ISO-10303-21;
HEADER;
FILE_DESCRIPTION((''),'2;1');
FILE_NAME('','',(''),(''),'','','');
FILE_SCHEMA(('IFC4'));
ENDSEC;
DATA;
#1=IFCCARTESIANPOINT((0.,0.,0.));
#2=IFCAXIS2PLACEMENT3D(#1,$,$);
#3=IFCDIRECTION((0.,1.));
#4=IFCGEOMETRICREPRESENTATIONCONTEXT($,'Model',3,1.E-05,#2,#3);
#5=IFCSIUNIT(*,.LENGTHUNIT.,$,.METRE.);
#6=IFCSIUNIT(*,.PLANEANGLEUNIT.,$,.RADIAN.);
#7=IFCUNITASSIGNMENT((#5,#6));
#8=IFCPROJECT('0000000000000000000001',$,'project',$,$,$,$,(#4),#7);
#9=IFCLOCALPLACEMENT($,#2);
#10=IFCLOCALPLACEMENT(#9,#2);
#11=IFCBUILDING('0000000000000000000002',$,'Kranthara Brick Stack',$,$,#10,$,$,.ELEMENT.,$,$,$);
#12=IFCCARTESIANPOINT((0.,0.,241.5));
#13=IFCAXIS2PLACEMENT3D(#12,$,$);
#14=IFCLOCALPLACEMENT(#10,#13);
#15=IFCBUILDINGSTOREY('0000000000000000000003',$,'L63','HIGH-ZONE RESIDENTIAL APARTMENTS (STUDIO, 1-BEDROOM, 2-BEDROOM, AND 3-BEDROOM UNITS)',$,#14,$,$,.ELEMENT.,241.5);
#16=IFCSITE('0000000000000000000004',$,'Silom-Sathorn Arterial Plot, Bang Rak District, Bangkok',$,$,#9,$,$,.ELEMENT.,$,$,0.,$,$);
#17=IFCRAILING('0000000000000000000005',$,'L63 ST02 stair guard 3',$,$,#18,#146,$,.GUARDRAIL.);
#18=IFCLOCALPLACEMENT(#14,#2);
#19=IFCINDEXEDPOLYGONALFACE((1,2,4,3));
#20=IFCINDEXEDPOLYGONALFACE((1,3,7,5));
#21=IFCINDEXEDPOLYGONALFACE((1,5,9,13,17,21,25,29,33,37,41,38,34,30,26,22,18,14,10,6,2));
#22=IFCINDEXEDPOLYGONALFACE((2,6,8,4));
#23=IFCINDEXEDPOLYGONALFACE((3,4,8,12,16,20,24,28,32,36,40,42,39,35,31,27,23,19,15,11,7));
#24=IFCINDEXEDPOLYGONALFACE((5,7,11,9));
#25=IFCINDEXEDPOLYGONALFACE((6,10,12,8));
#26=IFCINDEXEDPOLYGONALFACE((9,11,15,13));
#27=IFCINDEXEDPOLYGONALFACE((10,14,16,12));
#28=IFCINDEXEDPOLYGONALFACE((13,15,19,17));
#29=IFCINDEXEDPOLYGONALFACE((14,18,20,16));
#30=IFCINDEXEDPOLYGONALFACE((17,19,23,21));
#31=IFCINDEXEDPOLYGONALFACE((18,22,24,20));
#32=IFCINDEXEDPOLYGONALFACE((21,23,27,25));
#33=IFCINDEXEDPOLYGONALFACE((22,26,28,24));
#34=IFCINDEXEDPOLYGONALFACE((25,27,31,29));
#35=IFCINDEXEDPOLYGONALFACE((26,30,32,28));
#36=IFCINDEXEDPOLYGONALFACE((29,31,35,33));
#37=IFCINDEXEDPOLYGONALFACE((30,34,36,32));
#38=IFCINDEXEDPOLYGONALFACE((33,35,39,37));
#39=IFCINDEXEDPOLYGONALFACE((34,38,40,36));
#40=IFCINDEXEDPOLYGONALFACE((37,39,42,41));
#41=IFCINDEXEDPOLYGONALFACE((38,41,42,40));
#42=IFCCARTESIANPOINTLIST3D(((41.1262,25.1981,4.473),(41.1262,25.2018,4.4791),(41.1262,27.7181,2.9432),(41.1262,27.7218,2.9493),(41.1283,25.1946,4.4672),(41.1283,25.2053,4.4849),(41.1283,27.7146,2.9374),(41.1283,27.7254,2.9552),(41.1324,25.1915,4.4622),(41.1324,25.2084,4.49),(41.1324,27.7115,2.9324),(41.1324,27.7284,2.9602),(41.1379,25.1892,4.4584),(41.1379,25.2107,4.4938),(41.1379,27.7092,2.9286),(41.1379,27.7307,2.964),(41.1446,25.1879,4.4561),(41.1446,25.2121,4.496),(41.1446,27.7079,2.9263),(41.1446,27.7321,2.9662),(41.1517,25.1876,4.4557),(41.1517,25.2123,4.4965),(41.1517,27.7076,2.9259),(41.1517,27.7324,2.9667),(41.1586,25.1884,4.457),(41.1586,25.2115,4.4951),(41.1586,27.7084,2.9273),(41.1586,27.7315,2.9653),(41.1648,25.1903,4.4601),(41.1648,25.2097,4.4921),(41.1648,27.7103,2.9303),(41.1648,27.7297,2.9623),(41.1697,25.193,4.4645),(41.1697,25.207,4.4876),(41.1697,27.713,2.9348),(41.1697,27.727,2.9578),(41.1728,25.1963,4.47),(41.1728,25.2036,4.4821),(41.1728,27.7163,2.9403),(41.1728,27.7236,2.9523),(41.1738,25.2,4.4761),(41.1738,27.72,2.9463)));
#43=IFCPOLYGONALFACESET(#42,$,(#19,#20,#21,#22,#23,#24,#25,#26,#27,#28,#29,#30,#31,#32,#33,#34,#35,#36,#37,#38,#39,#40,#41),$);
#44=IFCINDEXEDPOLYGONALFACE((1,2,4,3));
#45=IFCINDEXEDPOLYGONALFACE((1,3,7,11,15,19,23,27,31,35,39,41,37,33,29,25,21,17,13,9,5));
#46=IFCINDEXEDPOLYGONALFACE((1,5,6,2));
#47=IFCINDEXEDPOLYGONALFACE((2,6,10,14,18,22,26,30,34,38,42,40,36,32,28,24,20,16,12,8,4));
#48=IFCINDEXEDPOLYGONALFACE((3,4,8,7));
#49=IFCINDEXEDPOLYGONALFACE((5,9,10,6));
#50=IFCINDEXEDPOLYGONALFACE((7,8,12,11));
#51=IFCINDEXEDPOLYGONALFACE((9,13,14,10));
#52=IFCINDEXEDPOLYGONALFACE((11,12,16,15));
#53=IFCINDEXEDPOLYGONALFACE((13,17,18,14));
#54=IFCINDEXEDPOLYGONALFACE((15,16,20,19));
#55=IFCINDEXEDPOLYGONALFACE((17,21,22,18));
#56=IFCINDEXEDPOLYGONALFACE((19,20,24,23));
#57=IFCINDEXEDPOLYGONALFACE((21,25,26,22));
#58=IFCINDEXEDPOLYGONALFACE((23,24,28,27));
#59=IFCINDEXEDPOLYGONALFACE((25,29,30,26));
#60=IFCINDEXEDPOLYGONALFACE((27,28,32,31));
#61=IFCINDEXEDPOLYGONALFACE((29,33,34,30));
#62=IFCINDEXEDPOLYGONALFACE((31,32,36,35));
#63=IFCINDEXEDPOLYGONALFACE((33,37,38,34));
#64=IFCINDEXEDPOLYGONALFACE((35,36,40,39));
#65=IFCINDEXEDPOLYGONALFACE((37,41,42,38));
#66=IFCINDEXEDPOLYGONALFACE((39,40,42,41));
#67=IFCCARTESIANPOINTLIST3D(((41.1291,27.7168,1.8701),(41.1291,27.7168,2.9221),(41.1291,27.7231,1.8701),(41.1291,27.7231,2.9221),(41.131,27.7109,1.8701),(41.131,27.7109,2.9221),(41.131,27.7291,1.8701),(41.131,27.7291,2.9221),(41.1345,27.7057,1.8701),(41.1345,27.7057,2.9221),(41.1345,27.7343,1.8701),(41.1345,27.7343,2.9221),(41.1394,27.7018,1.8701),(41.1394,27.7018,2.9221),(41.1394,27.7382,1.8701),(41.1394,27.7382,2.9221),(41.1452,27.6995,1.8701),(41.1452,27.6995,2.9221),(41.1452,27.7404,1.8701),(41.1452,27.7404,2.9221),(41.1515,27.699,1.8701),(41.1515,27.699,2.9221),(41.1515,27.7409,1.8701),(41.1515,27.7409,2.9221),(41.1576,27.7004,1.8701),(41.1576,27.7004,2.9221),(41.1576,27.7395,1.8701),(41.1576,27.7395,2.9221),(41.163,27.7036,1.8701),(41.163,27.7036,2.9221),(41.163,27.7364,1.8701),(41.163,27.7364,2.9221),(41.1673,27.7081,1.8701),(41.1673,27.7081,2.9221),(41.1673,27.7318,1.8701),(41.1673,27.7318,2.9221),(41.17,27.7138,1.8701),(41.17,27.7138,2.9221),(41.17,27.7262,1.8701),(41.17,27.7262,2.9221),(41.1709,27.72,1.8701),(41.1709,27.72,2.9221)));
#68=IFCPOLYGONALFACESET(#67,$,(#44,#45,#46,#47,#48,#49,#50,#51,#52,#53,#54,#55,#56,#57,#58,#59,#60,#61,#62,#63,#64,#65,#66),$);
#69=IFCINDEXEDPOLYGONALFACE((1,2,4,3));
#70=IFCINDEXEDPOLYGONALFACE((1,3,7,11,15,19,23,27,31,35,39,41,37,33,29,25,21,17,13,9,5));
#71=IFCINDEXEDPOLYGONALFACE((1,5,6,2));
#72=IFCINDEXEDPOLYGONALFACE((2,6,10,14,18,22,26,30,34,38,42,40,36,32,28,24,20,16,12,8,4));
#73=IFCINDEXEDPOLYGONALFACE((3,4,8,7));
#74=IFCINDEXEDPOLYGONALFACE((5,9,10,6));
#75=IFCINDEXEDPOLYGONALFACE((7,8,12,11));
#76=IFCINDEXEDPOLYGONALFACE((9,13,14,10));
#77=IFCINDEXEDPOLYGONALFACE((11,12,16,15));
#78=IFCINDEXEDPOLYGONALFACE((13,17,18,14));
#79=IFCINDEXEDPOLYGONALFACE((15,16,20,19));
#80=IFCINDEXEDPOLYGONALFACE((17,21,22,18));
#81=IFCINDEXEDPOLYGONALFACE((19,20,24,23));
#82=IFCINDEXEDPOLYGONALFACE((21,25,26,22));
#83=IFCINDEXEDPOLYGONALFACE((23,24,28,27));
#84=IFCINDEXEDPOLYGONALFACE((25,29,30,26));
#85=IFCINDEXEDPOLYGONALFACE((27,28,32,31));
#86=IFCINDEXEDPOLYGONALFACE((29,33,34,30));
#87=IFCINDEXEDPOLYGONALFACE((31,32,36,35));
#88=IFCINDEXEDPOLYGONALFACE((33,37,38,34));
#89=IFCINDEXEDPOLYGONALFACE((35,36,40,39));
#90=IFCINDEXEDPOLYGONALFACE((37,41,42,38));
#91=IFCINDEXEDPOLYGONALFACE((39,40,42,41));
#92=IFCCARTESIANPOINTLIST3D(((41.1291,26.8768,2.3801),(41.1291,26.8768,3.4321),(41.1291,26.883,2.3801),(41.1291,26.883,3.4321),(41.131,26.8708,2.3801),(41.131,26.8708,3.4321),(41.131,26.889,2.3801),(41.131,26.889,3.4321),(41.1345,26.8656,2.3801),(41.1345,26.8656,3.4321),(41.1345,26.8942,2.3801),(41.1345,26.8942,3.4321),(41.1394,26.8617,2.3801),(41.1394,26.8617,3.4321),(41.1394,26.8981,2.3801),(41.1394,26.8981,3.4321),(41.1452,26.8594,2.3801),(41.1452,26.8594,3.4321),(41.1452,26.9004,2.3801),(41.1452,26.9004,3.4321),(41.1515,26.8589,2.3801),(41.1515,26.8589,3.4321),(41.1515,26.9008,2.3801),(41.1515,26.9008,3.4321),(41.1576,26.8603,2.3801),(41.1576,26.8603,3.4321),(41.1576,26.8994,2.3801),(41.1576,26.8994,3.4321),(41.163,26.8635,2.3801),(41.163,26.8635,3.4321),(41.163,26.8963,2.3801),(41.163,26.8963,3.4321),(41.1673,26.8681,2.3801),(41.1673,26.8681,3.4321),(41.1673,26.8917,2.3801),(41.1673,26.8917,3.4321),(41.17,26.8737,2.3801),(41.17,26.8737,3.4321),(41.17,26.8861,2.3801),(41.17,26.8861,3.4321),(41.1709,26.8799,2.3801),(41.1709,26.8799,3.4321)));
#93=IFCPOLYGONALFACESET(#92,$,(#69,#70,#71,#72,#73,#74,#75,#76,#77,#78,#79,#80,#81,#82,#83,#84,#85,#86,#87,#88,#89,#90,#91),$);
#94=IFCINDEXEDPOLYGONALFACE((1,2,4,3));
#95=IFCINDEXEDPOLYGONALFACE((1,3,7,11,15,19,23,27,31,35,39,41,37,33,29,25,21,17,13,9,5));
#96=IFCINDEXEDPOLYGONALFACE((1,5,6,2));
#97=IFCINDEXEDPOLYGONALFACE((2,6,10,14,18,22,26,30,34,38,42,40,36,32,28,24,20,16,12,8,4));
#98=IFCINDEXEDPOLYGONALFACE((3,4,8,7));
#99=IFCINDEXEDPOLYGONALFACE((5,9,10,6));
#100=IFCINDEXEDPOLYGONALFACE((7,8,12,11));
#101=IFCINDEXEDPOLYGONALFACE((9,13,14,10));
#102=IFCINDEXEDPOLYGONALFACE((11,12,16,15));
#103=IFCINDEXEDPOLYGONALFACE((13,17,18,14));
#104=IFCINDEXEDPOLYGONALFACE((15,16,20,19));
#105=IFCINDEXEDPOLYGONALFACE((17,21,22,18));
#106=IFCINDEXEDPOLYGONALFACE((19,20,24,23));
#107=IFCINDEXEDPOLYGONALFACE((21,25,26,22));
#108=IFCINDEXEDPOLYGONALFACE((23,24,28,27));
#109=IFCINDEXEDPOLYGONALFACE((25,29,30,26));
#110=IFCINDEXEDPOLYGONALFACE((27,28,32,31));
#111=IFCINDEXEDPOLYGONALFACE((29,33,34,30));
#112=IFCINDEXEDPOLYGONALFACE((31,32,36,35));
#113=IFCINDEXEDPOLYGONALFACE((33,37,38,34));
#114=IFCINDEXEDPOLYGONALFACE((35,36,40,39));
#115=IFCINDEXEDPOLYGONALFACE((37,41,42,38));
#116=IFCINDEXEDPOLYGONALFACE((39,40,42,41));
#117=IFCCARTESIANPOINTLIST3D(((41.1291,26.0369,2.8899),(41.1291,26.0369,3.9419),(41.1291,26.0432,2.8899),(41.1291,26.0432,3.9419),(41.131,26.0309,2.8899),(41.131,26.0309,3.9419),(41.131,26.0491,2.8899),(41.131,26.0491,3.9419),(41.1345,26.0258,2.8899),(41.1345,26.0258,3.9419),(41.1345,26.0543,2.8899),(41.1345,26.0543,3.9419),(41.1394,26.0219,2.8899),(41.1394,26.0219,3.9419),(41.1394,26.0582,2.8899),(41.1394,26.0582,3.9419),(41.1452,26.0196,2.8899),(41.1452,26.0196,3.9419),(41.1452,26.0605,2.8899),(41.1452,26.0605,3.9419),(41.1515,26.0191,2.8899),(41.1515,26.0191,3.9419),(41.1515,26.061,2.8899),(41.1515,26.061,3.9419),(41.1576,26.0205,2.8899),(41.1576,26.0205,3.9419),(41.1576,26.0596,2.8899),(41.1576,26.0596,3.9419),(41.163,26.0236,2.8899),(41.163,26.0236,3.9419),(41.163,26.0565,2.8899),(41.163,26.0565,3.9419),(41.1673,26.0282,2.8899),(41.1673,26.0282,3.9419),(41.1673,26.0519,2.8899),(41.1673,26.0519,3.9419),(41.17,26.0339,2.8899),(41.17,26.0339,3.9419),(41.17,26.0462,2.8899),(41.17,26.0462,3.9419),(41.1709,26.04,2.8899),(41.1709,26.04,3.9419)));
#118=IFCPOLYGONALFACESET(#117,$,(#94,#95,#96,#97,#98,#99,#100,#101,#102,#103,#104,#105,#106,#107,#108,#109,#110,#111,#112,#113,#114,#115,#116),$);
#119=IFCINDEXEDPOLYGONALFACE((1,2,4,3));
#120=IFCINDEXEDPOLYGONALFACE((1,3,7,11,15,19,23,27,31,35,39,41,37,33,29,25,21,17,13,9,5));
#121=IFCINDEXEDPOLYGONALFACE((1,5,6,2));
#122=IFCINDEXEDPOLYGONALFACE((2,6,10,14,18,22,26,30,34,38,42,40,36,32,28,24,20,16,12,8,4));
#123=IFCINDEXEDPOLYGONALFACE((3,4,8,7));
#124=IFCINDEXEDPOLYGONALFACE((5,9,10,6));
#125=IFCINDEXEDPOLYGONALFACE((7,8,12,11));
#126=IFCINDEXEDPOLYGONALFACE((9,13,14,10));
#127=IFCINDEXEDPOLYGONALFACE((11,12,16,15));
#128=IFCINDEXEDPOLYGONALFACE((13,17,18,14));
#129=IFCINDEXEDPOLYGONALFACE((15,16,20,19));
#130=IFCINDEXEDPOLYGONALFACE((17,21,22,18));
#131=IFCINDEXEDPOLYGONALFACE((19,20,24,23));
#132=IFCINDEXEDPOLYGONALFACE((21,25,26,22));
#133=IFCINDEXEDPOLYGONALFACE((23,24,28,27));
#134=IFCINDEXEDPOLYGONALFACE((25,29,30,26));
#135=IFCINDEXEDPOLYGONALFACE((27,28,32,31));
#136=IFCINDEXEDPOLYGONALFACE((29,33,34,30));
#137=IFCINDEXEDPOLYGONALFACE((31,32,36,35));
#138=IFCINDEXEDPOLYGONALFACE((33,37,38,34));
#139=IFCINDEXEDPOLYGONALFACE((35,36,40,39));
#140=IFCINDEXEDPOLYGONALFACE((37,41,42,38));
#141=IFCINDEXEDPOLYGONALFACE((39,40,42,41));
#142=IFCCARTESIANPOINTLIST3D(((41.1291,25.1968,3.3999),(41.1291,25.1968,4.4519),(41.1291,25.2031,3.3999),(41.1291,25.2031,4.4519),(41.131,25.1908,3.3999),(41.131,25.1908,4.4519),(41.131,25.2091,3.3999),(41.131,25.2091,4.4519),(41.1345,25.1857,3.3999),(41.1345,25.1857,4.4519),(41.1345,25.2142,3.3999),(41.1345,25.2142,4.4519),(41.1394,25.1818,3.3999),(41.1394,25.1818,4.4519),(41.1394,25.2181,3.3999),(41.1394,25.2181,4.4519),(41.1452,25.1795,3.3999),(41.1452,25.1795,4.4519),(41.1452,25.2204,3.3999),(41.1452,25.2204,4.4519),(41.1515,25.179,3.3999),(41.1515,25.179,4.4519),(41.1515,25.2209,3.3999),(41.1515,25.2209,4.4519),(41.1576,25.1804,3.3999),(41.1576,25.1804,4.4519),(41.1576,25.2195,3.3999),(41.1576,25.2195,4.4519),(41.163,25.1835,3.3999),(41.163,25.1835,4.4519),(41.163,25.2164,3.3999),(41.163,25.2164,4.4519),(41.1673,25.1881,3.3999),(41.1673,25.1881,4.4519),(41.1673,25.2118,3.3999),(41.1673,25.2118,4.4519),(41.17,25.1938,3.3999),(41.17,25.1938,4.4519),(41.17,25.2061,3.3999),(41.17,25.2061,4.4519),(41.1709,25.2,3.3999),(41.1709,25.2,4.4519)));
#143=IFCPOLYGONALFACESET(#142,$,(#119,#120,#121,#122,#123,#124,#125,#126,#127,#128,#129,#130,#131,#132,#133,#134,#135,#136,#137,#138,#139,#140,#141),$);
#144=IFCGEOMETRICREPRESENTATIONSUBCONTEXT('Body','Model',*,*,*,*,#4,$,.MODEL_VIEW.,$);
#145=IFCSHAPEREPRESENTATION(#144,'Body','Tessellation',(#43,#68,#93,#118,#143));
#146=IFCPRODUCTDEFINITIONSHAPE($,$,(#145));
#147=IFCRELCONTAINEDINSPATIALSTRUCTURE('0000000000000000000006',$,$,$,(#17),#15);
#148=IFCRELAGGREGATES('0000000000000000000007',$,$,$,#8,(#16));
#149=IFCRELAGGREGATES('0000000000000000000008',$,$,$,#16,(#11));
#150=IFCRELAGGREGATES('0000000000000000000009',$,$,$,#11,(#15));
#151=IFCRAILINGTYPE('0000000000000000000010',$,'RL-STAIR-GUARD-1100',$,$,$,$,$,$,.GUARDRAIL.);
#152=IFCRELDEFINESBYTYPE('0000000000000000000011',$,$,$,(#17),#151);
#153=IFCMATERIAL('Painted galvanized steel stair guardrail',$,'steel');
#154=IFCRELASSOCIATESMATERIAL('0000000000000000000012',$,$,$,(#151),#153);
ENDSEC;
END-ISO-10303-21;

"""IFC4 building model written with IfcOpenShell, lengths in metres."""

from ifc_helpers import new_model, si_unit, direction, frame, origin, origin_2d, place, context, subcontext, project, spatial, circle, extrude, material, type_object, element, save


model = new_model("IFC4")

# Units and contexts
model_context = context("Model", 3, precision=1e-05, world=origin(), true_north=direction((0.0, 1.0)))
body_context = subcontext(model_context, "Body", "Model", "MODEL_VIEW")
ifc_project = project(units=[si_unit("LENGTHUNIT", "METRE"), si_unit("PLANEANGLEUNIT", "RADIAN")], contexts=[model_context])

# Site, building, storey
site_placement = place(None, origin())
site = spatial("IfcSite", under=ifc_project, at=site_placement, Name="Silom-Sathorn Arterial Plot, Bang Rak District, Bangkok", CompositionType="ELEMENT", RefElevation=0.0)
building_placement = place(site_placement, origin())
building = spatial("IfcBuilding", under=site, at=building_placement, Name="Kranthara Brick Stack", CompositionType="ELEMENT")
storey_placement = place(building_placement, frame((0.0, 0.0, 241.5)))
storey = spatial("IfcBuildingStorey", under=building, at=storey_placement, Name="L63", Description="HIGH-ZONE RESIDENTIAL APARTMENTS (STUDIO, 1-BEDROOM, 2-BEDROOM, AND 3-BEDROOM UNITS)", CompositionType="ELEMENT", Elevation=241.5)

# Railing
ifc_material_1 = material(Name="Painted galvanized steel stair guardrail", Category="steel")
railing_type_1 = type_object("IfcRailingType", Name="RL-STAIR-GUARD-1100", PredefinedType="GUARDRAIL", material=ifc_material_1)
railing_1_placement = place(storey_placement, frame((41.1499, 27.72, 1.8701)))
element("IfcRailing", 1, at=railing_1_placement, inside=storey, type_object=railing_type_1, Name="L63 ST02 stair guard 3", PredefinedType="GUARDRAIL", context=body_context, shape_type="SweptSolid", body=[
    extrude(circle(Radius=0.0239, at=origin_2d()), frame((0.0, 0.0, 1.0762), z_axis=(0.0, -0.854822, 0.518922), x_axis=(1.0, 0.0, 0.0)), (0.0, 0.0, 1.0), 2.948),
    extrude(circle(Radius=0.021, at=origin_2d()), origin(), (0.0, 0.0, 1.0), 1.052),
    extrude(circle(Radius=0.021, at=origin_2d()), frame((0.0, -0.8401, 0.51)), (0.0, 0.0, 1.0), 1.052),
    extrude(circle(Radius=0.021, at=origin_2d()), frame((0.0, -1.6799, 1.0198)), (0.0, 0.0, 1.0), 1.052),
    extrude(circle(Radius=0.021, at=origin_2d()), frame((0.0, -2.52, 1.5298)), (0.0, 0.0, 1.0), 1.052),
])

save(model, "model.ifc")
